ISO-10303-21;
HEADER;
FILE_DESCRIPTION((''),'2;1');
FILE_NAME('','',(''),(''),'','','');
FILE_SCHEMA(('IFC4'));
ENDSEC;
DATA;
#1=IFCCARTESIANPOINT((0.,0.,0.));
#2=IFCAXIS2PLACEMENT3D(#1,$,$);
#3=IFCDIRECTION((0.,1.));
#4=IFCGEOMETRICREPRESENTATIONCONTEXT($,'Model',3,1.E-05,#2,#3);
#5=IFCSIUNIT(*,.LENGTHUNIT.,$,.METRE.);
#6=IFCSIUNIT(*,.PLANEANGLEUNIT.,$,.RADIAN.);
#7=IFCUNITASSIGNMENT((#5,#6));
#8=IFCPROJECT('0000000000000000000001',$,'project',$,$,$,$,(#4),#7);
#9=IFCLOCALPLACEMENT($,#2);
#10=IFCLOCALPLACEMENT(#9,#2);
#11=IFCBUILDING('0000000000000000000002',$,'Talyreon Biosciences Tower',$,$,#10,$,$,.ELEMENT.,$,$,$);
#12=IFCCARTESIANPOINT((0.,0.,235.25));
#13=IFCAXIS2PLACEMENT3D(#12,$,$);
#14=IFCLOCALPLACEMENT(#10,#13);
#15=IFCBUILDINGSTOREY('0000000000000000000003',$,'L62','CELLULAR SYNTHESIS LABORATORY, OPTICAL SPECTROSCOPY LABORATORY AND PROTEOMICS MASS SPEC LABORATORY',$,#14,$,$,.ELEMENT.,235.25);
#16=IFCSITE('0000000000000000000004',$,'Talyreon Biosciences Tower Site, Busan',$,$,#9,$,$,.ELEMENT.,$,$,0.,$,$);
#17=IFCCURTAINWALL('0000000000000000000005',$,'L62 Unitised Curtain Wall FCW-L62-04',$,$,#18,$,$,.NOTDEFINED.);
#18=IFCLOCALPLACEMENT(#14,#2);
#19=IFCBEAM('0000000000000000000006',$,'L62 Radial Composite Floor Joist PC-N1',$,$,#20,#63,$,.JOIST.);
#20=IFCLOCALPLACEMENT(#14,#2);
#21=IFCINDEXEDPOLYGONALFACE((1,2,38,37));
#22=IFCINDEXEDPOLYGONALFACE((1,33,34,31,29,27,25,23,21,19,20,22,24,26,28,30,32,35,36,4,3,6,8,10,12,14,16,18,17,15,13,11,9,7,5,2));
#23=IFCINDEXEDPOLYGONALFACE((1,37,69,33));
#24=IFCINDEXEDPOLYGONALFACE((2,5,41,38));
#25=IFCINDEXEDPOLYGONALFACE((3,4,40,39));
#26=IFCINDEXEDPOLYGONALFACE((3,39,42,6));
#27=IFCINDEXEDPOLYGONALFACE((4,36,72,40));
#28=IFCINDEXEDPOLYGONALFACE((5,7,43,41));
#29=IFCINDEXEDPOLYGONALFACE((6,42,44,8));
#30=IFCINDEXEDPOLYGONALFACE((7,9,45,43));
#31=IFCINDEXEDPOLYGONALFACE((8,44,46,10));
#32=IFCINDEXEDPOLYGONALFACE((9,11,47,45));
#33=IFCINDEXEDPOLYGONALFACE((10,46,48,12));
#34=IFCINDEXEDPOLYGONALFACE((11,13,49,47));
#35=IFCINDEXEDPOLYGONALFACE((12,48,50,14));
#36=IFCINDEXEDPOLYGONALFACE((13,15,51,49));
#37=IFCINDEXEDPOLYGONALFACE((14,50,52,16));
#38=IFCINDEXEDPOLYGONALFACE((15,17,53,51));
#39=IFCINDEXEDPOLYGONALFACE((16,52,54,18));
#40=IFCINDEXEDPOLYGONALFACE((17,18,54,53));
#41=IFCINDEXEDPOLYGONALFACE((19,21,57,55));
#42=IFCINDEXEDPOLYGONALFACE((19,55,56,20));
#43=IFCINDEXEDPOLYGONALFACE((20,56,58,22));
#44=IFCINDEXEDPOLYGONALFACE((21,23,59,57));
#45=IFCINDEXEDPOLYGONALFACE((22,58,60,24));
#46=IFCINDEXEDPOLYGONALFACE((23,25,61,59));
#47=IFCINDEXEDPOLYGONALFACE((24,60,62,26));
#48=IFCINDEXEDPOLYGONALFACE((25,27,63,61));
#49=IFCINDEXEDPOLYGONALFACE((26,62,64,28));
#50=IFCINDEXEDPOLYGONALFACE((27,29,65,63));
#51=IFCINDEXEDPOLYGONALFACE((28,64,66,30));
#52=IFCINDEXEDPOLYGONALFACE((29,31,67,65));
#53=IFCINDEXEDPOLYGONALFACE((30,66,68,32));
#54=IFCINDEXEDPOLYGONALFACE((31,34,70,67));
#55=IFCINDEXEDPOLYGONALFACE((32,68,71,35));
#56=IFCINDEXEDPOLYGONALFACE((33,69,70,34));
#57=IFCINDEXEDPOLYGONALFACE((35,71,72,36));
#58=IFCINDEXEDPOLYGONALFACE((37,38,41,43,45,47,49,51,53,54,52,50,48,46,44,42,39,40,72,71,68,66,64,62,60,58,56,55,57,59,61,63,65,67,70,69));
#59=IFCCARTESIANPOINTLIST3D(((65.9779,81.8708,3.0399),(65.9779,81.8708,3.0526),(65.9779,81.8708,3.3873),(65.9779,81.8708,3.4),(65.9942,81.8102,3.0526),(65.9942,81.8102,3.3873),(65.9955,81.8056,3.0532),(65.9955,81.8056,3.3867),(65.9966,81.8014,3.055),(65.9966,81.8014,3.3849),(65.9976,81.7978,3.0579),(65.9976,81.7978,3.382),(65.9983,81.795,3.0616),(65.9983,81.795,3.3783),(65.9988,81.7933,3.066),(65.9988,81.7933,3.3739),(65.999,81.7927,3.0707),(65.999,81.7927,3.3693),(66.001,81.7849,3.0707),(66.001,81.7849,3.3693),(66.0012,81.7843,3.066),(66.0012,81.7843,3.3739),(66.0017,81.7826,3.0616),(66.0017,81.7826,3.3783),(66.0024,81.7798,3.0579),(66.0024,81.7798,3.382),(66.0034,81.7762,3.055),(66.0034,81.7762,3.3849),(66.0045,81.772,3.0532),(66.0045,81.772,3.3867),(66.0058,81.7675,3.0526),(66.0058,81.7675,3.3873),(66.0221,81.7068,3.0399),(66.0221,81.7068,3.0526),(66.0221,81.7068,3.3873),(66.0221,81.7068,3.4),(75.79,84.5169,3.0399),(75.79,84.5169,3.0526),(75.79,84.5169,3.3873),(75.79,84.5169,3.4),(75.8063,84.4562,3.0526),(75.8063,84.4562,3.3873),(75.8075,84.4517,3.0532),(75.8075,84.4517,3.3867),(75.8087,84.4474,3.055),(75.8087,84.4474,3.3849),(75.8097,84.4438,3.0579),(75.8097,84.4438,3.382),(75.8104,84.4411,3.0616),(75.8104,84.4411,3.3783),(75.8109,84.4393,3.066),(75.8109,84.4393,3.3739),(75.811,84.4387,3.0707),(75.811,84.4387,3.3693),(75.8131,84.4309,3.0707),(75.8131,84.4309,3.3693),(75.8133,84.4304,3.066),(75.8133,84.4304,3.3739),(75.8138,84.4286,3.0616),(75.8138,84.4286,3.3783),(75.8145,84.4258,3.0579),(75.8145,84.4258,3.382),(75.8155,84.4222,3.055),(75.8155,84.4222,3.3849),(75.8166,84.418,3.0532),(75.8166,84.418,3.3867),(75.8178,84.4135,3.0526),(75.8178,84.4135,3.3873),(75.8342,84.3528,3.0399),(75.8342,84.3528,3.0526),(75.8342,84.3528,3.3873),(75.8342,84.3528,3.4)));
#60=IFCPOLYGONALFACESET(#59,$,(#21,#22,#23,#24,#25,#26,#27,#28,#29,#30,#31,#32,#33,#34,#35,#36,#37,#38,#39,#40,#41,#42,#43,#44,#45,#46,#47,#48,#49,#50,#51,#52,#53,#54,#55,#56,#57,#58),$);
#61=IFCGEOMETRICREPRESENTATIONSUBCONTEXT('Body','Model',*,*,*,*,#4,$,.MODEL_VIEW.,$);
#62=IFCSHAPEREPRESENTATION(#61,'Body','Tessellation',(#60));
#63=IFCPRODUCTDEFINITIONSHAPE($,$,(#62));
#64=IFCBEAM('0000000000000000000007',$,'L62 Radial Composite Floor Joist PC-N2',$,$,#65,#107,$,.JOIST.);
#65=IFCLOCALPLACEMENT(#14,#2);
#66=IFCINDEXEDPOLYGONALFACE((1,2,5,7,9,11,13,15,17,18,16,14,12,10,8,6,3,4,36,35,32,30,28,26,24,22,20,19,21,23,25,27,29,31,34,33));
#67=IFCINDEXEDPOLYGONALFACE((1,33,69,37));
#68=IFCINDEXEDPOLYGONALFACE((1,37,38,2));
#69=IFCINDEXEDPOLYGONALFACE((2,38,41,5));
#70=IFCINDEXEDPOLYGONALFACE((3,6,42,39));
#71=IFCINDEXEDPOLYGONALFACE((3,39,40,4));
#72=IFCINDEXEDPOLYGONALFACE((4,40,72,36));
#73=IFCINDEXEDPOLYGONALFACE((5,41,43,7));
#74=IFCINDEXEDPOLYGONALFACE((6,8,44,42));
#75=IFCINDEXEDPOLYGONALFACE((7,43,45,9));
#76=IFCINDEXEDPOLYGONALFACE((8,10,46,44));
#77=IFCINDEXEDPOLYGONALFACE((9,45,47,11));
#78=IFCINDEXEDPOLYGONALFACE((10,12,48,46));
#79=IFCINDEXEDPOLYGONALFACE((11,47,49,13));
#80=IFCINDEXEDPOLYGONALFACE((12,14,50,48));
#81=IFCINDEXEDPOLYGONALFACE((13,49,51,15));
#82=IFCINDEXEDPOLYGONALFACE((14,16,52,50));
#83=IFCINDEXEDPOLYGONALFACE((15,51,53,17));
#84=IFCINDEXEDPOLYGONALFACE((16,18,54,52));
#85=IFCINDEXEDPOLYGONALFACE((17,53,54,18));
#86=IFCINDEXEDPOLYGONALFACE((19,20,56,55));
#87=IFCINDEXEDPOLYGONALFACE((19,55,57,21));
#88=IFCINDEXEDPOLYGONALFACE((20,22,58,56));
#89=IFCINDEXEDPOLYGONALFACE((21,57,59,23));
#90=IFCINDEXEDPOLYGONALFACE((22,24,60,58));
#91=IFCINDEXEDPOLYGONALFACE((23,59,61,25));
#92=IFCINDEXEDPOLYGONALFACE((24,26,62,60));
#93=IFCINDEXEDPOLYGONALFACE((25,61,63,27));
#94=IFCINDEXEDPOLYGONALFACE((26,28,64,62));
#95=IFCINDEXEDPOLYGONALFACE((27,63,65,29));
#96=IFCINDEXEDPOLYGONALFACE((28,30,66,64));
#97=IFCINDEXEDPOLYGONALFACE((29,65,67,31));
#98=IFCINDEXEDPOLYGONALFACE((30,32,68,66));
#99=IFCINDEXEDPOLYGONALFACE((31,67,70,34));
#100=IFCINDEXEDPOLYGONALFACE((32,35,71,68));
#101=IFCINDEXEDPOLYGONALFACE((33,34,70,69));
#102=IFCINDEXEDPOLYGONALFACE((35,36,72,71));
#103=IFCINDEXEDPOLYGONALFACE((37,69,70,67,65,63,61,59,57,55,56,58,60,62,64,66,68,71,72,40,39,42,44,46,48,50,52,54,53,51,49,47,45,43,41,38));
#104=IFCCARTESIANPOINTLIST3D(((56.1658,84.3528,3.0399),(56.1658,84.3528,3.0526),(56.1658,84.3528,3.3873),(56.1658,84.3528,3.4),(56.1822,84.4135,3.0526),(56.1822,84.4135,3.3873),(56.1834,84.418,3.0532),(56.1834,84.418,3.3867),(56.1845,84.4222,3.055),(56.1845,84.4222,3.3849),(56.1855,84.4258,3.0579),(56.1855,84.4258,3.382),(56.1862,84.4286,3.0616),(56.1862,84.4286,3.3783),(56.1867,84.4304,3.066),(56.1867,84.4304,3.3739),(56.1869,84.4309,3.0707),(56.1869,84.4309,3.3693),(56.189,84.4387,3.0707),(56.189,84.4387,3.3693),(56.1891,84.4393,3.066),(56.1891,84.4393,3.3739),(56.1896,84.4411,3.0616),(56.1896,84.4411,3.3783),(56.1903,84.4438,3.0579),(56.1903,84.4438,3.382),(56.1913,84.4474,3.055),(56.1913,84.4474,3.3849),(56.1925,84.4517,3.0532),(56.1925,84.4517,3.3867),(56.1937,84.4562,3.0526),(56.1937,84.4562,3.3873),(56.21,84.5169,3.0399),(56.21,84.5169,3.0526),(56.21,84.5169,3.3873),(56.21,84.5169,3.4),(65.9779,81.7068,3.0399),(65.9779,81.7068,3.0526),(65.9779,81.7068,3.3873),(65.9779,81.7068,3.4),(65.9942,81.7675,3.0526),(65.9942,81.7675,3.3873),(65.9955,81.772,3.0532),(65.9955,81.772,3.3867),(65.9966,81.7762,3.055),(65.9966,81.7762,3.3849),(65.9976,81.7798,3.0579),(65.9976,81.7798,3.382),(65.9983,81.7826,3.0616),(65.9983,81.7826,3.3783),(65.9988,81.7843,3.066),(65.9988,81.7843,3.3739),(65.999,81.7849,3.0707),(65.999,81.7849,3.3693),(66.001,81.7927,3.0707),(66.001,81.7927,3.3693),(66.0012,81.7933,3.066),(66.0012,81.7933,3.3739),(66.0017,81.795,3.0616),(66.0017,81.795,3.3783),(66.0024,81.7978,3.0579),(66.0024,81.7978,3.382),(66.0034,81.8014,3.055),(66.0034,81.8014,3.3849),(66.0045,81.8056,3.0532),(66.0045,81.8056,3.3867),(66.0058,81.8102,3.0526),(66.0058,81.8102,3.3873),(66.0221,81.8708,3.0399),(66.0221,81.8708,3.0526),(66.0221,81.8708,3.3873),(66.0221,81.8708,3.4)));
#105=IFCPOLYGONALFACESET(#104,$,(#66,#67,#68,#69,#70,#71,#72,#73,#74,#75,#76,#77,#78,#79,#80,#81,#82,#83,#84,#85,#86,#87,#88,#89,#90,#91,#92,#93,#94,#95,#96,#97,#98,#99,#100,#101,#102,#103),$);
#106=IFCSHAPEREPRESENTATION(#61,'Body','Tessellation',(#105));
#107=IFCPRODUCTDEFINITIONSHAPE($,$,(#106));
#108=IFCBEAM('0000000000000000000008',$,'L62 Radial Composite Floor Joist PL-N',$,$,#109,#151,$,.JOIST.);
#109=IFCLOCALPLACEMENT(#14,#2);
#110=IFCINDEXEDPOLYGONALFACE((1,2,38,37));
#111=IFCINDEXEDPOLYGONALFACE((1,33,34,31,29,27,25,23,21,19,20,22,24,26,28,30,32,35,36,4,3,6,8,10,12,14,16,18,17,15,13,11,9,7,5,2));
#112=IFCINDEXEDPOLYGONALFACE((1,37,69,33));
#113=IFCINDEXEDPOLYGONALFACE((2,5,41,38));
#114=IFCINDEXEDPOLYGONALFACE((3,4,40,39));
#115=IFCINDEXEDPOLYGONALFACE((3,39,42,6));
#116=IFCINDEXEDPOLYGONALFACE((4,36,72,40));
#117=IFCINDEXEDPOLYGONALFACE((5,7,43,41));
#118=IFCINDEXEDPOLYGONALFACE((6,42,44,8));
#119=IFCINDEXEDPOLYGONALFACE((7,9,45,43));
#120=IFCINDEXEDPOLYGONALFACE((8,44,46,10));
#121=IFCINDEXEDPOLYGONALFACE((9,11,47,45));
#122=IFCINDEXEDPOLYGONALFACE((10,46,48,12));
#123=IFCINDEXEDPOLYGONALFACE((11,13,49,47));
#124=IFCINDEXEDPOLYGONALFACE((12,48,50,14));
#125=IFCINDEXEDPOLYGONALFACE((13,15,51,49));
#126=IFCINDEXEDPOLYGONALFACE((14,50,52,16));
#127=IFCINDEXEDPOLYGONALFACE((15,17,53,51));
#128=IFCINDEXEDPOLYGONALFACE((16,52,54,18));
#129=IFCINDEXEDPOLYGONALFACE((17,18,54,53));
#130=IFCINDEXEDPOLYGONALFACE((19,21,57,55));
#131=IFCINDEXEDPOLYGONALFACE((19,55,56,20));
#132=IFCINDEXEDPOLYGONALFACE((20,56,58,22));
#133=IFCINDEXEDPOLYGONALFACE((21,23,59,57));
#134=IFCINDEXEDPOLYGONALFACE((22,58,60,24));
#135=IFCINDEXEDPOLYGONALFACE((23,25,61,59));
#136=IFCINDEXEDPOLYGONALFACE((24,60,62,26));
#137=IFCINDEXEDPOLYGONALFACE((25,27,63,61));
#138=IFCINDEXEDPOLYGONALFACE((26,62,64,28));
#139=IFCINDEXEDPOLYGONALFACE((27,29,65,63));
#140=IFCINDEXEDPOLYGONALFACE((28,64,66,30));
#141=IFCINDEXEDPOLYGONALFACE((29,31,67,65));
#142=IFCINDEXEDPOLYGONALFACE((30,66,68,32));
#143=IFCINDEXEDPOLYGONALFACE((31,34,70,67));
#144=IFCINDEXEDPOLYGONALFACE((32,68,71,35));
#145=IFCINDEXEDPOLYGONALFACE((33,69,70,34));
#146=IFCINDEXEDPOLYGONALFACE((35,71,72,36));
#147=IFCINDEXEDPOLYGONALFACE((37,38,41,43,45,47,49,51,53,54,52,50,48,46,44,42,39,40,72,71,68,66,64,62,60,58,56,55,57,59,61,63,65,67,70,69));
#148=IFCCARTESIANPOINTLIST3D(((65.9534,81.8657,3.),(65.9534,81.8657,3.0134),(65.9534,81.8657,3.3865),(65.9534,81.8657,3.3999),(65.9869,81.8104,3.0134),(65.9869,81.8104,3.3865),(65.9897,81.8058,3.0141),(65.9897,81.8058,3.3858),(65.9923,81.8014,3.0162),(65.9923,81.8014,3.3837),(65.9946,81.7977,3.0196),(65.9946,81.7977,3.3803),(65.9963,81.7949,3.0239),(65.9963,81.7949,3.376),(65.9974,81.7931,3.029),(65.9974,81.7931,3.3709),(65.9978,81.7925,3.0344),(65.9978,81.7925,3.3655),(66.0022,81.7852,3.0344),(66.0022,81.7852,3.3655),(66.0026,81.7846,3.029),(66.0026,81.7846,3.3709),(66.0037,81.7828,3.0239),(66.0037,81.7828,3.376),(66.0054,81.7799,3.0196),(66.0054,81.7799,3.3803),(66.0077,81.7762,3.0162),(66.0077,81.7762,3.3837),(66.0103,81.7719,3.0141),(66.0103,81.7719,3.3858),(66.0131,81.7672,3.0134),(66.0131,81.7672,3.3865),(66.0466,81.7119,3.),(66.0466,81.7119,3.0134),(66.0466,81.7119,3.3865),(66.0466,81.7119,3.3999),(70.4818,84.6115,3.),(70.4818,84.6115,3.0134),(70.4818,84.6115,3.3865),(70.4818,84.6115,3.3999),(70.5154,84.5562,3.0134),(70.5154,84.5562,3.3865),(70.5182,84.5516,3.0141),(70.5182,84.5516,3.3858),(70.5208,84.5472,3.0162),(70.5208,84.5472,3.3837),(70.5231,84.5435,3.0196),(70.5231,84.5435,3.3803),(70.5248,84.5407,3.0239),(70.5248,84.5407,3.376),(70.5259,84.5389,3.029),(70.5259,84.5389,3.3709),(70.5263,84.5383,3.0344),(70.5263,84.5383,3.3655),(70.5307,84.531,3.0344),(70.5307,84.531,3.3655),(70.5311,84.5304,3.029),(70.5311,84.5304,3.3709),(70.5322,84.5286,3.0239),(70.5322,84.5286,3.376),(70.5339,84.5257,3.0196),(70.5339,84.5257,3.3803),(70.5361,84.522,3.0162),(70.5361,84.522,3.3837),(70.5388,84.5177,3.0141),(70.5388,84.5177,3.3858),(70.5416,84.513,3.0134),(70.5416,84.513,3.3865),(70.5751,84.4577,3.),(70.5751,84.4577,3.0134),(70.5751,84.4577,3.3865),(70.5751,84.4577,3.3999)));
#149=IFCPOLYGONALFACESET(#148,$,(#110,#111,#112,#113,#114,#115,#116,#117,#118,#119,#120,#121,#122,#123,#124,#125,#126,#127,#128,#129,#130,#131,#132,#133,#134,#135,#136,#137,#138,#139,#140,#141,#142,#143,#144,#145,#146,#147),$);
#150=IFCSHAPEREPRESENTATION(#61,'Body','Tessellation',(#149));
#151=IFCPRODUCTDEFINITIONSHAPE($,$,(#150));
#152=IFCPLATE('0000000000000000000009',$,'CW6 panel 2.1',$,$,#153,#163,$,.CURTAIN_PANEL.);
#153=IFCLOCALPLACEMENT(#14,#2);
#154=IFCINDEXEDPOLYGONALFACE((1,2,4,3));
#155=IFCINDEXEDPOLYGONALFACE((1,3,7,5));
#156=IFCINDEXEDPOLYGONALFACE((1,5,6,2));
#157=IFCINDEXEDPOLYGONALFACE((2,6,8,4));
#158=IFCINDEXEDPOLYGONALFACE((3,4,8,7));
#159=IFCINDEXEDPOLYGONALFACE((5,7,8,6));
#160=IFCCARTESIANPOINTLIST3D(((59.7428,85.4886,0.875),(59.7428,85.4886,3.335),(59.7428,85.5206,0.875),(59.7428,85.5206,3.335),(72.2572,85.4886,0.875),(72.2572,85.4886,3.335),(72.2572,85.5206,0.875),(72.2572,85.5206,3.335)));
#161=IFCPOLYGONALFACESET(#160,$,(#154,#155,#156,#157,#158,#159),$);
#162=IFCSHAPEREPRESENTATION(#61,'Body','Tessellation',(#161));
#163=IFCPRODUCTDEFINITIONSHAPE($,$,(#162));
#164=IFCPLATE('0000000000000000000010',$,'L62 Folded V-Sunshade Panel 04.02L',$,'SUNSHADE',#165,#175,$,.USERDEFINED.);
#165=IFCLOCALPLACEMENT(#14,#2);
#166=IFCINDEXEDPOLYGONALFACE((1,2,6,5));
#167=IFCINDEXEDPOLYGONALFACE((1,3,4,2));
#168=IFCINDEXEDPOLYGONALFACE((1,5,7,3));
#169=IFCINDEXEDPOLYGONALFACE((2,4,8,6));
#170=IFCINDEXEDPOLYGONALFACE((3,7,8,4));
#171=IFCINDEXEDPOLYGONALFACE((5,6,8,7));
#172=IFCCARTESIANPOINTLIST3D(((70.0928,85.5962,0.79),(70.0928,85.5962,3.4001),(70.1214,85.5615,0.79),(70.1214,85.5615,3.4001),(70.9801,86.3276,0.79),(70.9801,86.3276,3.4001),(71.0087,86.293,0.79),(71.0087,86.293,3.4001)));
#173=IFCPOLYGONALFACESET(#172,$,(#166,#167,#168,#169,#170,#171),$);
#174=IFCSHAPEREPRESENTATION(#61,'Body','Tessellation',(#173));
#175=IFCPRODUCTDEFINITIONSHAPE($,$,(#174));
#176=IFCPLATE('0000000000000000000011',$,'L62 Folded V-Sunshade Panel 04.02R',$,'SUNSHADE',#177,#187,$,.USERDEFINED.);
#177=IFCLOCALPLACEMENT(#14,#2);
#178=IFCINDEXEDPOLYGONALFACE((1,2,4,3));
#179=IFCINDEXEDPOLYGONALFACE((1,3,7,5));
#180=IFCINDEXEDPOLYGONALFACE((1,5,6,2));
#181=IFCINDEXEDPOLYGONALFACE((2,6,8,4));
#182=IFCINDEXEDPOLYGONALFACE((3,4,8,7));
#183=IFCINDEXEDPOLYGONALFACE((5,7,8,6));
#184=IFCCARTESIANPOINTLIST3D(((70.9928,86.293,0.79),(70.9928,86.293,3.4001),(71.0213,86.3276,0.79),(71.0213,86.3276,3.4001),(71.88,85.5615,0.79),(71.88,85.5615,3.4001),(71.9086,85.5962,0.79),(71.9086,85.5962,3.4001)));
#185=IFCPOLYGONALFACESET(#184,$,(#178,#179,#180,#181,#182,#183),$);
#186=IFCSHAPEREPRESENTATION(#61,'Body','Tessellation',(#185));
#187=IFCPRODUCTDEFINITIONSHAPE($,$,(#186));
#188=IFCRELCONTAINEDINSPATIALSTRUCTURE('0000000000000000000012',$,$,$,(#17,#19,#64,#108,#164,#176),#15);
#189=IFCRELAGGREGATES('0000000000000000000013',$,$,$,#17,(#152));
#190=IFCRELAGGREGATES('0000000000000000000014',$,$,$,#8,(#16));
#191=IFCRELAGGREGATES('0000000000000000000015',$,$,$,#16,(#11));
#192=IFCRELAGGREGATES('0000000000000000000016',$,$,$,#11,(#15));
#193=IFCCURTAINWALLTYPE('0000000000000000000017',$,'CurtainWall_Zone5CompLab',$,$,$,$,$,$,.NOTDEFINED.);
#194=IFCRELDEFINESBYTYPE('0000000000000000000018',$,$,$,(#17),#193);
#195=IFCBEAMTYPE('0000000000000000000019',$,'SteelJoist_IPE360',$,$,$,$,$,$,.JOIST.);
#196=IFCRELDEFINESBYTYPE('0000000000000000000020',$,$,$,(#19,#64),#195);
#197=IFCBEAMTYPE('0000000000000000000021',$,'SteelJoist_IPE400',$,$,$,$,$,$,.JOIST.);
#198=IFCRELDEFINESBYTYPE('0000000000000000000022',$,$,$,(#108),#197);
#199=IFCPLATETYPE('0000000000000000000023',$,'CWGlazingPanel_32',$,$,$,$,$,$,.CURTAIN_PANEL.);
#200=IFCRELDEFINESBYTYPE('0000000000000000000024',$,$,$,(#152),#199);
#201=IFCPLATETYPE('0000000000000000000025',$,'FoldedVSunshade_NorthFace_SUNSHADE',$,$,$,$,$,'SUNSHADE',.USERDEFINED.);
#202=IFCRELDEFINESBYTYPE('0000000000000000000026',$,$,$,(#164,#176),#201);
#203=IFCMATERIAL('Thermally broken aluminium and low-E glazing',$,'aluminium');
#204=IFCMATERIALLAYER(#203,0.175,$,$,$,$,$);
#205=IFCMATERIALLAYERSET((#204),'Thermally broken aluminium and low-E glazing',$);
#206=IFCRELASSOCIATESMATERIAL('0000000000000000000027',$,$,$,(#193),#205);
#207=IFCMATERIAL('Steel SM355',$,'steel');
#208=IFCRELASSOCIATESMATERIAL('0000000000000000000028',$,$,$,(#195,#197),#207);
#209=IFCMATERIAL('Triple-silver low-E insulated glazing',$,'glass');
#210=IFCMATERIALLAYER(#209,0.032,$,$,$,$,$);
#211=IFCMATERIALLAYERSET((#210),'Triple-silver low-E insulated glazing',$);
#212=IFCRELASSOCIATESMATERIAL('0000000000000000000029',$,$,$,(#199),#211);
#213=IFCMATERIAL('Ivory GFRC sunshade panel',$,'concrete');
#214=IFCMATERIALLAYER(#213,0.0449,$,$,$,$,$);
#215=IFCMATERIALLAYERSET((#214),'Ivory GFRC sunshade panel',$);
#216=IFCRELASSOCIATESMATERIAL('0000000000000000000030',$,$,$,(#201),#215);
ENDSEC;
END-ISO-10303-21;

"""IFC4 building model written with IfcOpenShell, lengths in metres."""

from ifc_helpers import new_model, si_unit, direction, frame, origin, origin_2d, place, context, subcontext, project, spatial, rectangle, i_section, extrude, material, layer, layer_set, material_profile, profile_set, type_object, element, aggregate, save


model = new_model("IFC4")

# Units and contexts
model_context = context("Model", 3, precision=1e-05, world=origin(), true_north=direction((0.0, 1.0)))
body_context = subcontext(model_context, "Body", "Model", "MODEL_VIEW")
ifc_project = project(units=[si_unit("LENGTHUNIT", "METRE"), si_unit("PLANEANGLEUNIT", "RADIAN")], contexts=[model_context])

# Site, building, storey
site_placement = place(None, origin())
site = spatial("IfcSite", under=ifc_project, at=site_placement, Name="Talyreon Biosciences Tower Site, Busan", CompositionType="ELEMENT", RefElevation=0.0)
building_placement = place(site_placement, origin())
building = spatial("IfcBuilding", under=site, at=building_placement, Name="Talyreon Biosciences Tower", CompositionType="ELEMENT")
storey_placement = place(building_placement, frame((0.0, 0.0, 235.25)))
storey = spatial("IfcBuildingStorey", under=building, at=storey_placement, Name="L62", Description="CELLULAR SYNTHESIS LABORATORY, OPTICAL SPECTROSCOPY LABORATORY AND PROTEOMICS MASS SPEC LABORATORY", CompositionType="ELEMENT", Elevation=235.25)

# Curtain wall
ifc_material_1 = material(Name="Thermally broken aluminium and low-E glazing", Category="aluminium")
ifc_layer_1 = layer(ifc_material_1, 0.175)
ifc_layer_set_1 = layer_set([ifc_layer_1], Name="Thermally broken aluminium and low-E glazing")
curtain_wall_type = type_object("IfcCurtainWallType", Name="CurtainWall_Zone5CompLab", PredefinedType="NOTDEFINED", material=ifc_layer_set_1)
curtain_wall_placement = place(storey_placement, origin())
curtain_wall = element("IfcCurtainWall", 1, at=curtain_wall_placement, inside=storey, type_object=curtain_wall_type, Name="L62 Unitised Curtain Wall FCW-L62-04", PredefinedType="NOTDEFINED")

# Beams
ifc_material_2 = material(Name="Steel SM355", Category="steel")
ifc_material_profile_1 = material_profile(ifc_material_2, i_section(OverallWidth=0.1699, OverallDepth=0.3601, WebThickness=0.0081, FlangeThickness=0.0127, FilletRadius=0.0181, at=origin_2d()), Name="IPE360")
ifc_profile_set_1 = profile_set([ifc_material_profile_1], Name="Steel SM355")
beam_type_1 = type_object("IfcBeamType", Name="SteelJoist_IPE360", PredefinedType="JOIST", material=ifc_profile_set_1)
for number, where, z_axis, x_axis, name in (
    (2, (66.0, 81.7888, 3.22), (0.965509, 0.260368, 0.0), (-0.260368, 0.965509, 0.0), "L62 Radial Composite Floor Joist PC-N1"),
    (3, (66.0, 81.7888, 3.22), (-0.965509, 0.260368, 0.0), (-0.260368, -0.965509, 0.0), "L62 Radial Composite Floor Joist PC-N2"),
):
    element("IfcBeam", number, at=place(storey_placement, frame(where, z_axis=z_axis, x_axis=x_axis)), inside=storey, type_object=beam_type_1, Name=name, PredefinedType="JOIST", context=body_context, shape_type="SweptSolid", body=[
        extrude(i_section(OverallWidth=0.1699, OverallDepth=0.3601, WebThickness=0.0081, FlangeThickness=0.0127, FilletRadius=0.0181, at=origin_2d()), origin(), (0.0, 0.0, 1.0), 10.1626),
    ])
ifc_material_profile_2 = material_profile(ifc_material_2, i_section(OverallWidth=0.1799, OverallDepth=0.3999, WebThickness=0.0085, FlangeThickness=0.0134, FilletRadius=0.021, at=origin_2d()), Name="IPE400")
ifc_profile_set_2 = profile_set([ifc_material_profile_2], Name="Steel SM355")
beam_type_2 = type_object("IfcBeamType", Name="SteelJoist_IPE400", PredefinedType="JOIST", material=ifc_profile_set_2)
beam_1_placement = place(storey_placement, frame((66.0, 81.7888, 3.2), z_axis=(0.855092, 0.518476, 0.0), x_axis=(-0.518476, 0.855092, 0.0)))
element("IfcBeam", 4, at=beam_1_placement, inside=storey, type_object=beam_type_2, Name="L62 Radial Composite Floor Joist PL-N", PredefinedType="JOIST", context=body_context, shape_type="SweptSolid", body=[
    extrude(i_section(OverallWidth=0.1799, OverallDepth=0.3999, WebThickness=0.0085, FlangeThickness=0.0134, FilletRadius=0.021, at=origin_2d()), origin(), (0.0, 0.0, 1.0), 5.2959),
])

# Plate
ifc_material_3 = material(Name="Triple-silver low-E insulated glazing", Category="glass")
ifc_layer_2 = layer(ifc_material_3, 0.032)
ifc_layer_set_2 = layer_set([ifc_layer_2], Name="Triple-silver low-E insulated glazing")
plate_type_1 = type_object("IfcPlateType", Name="CWGlazingPanel_32", PredefinedType="CURTAIN_PANEL", material=ifc_layer_set_2)
plate_placement = place(storey_placement, frame((66.0, 85.5046, 0.875), z_axis=(0.0, 0.0, 1.0), x_axis=(1.0, 0.0, 0.0)))
plate = element("IfcPlate", 5, at=plate_placement, type_object=plate_type_1, Name="CW6 panel 2.1", PredefinedType="CURTAIN_PANEL", context=body_context, shape_type="SweptSolid", body=[
    extrude(rectangle(XDim=12.5144, YDim=0.032, at=origin_2d()), origin(), (0.0, 0.0, 1.0), 2.46),
])
aggregate(curtain_wall, [plate])

# Plates
ifc_material_4 = material(Name="Ivory GFRC sunshade panel", Category="concrete")
ifc_layer_3 = layer(ifc_material_4, 0.0449)
ifc_layer_set_3 = layer_set([ifc_layer_3], Name="Ivory GFRC sunshade panel")
plate_type_2 = type_object("IfcPlateType", Name="FoldedVSunshade_NorthFace_SUNSHADE", ElementType="SUNSHADE", PredefinedType="USERDEFINED", material=ifc_layer_set_3)
for number, where, z_axis, x_axis, name in (
    (6, (70.5508, 85.9446, 0.79), (0.0, 0.0, 1.0), (0.771625, 0.636078, 0.0), "L62 Folded V-Sunshade Panel 04.02L"),
    (7, (71.4507, 85.9446, 0.79), (0.0, 0.0, 1.0), (0.771625, -0.636078, 0.0), "L62 Folded V-Sunshade Panel 04.02R"),
):
    element("IfcPlate", number, at=place(storey_placement, frame(where, z_axis=z_axis, x_axis=x_axis)), inside=storey, type_object=plate_type_2, Name=name, ObjectType="SUNSHADE", PredefinedType="USERDEFINED", context=body_context, shape_type="SweptSolid", body=[
        extrude(rectangle(XDim=1.1499, YDim=0.0449, at=origin_2d()), origin(), (0.0, 0.0, 1.0), 2.6101),
    ])

save(model, "model.ifc")
